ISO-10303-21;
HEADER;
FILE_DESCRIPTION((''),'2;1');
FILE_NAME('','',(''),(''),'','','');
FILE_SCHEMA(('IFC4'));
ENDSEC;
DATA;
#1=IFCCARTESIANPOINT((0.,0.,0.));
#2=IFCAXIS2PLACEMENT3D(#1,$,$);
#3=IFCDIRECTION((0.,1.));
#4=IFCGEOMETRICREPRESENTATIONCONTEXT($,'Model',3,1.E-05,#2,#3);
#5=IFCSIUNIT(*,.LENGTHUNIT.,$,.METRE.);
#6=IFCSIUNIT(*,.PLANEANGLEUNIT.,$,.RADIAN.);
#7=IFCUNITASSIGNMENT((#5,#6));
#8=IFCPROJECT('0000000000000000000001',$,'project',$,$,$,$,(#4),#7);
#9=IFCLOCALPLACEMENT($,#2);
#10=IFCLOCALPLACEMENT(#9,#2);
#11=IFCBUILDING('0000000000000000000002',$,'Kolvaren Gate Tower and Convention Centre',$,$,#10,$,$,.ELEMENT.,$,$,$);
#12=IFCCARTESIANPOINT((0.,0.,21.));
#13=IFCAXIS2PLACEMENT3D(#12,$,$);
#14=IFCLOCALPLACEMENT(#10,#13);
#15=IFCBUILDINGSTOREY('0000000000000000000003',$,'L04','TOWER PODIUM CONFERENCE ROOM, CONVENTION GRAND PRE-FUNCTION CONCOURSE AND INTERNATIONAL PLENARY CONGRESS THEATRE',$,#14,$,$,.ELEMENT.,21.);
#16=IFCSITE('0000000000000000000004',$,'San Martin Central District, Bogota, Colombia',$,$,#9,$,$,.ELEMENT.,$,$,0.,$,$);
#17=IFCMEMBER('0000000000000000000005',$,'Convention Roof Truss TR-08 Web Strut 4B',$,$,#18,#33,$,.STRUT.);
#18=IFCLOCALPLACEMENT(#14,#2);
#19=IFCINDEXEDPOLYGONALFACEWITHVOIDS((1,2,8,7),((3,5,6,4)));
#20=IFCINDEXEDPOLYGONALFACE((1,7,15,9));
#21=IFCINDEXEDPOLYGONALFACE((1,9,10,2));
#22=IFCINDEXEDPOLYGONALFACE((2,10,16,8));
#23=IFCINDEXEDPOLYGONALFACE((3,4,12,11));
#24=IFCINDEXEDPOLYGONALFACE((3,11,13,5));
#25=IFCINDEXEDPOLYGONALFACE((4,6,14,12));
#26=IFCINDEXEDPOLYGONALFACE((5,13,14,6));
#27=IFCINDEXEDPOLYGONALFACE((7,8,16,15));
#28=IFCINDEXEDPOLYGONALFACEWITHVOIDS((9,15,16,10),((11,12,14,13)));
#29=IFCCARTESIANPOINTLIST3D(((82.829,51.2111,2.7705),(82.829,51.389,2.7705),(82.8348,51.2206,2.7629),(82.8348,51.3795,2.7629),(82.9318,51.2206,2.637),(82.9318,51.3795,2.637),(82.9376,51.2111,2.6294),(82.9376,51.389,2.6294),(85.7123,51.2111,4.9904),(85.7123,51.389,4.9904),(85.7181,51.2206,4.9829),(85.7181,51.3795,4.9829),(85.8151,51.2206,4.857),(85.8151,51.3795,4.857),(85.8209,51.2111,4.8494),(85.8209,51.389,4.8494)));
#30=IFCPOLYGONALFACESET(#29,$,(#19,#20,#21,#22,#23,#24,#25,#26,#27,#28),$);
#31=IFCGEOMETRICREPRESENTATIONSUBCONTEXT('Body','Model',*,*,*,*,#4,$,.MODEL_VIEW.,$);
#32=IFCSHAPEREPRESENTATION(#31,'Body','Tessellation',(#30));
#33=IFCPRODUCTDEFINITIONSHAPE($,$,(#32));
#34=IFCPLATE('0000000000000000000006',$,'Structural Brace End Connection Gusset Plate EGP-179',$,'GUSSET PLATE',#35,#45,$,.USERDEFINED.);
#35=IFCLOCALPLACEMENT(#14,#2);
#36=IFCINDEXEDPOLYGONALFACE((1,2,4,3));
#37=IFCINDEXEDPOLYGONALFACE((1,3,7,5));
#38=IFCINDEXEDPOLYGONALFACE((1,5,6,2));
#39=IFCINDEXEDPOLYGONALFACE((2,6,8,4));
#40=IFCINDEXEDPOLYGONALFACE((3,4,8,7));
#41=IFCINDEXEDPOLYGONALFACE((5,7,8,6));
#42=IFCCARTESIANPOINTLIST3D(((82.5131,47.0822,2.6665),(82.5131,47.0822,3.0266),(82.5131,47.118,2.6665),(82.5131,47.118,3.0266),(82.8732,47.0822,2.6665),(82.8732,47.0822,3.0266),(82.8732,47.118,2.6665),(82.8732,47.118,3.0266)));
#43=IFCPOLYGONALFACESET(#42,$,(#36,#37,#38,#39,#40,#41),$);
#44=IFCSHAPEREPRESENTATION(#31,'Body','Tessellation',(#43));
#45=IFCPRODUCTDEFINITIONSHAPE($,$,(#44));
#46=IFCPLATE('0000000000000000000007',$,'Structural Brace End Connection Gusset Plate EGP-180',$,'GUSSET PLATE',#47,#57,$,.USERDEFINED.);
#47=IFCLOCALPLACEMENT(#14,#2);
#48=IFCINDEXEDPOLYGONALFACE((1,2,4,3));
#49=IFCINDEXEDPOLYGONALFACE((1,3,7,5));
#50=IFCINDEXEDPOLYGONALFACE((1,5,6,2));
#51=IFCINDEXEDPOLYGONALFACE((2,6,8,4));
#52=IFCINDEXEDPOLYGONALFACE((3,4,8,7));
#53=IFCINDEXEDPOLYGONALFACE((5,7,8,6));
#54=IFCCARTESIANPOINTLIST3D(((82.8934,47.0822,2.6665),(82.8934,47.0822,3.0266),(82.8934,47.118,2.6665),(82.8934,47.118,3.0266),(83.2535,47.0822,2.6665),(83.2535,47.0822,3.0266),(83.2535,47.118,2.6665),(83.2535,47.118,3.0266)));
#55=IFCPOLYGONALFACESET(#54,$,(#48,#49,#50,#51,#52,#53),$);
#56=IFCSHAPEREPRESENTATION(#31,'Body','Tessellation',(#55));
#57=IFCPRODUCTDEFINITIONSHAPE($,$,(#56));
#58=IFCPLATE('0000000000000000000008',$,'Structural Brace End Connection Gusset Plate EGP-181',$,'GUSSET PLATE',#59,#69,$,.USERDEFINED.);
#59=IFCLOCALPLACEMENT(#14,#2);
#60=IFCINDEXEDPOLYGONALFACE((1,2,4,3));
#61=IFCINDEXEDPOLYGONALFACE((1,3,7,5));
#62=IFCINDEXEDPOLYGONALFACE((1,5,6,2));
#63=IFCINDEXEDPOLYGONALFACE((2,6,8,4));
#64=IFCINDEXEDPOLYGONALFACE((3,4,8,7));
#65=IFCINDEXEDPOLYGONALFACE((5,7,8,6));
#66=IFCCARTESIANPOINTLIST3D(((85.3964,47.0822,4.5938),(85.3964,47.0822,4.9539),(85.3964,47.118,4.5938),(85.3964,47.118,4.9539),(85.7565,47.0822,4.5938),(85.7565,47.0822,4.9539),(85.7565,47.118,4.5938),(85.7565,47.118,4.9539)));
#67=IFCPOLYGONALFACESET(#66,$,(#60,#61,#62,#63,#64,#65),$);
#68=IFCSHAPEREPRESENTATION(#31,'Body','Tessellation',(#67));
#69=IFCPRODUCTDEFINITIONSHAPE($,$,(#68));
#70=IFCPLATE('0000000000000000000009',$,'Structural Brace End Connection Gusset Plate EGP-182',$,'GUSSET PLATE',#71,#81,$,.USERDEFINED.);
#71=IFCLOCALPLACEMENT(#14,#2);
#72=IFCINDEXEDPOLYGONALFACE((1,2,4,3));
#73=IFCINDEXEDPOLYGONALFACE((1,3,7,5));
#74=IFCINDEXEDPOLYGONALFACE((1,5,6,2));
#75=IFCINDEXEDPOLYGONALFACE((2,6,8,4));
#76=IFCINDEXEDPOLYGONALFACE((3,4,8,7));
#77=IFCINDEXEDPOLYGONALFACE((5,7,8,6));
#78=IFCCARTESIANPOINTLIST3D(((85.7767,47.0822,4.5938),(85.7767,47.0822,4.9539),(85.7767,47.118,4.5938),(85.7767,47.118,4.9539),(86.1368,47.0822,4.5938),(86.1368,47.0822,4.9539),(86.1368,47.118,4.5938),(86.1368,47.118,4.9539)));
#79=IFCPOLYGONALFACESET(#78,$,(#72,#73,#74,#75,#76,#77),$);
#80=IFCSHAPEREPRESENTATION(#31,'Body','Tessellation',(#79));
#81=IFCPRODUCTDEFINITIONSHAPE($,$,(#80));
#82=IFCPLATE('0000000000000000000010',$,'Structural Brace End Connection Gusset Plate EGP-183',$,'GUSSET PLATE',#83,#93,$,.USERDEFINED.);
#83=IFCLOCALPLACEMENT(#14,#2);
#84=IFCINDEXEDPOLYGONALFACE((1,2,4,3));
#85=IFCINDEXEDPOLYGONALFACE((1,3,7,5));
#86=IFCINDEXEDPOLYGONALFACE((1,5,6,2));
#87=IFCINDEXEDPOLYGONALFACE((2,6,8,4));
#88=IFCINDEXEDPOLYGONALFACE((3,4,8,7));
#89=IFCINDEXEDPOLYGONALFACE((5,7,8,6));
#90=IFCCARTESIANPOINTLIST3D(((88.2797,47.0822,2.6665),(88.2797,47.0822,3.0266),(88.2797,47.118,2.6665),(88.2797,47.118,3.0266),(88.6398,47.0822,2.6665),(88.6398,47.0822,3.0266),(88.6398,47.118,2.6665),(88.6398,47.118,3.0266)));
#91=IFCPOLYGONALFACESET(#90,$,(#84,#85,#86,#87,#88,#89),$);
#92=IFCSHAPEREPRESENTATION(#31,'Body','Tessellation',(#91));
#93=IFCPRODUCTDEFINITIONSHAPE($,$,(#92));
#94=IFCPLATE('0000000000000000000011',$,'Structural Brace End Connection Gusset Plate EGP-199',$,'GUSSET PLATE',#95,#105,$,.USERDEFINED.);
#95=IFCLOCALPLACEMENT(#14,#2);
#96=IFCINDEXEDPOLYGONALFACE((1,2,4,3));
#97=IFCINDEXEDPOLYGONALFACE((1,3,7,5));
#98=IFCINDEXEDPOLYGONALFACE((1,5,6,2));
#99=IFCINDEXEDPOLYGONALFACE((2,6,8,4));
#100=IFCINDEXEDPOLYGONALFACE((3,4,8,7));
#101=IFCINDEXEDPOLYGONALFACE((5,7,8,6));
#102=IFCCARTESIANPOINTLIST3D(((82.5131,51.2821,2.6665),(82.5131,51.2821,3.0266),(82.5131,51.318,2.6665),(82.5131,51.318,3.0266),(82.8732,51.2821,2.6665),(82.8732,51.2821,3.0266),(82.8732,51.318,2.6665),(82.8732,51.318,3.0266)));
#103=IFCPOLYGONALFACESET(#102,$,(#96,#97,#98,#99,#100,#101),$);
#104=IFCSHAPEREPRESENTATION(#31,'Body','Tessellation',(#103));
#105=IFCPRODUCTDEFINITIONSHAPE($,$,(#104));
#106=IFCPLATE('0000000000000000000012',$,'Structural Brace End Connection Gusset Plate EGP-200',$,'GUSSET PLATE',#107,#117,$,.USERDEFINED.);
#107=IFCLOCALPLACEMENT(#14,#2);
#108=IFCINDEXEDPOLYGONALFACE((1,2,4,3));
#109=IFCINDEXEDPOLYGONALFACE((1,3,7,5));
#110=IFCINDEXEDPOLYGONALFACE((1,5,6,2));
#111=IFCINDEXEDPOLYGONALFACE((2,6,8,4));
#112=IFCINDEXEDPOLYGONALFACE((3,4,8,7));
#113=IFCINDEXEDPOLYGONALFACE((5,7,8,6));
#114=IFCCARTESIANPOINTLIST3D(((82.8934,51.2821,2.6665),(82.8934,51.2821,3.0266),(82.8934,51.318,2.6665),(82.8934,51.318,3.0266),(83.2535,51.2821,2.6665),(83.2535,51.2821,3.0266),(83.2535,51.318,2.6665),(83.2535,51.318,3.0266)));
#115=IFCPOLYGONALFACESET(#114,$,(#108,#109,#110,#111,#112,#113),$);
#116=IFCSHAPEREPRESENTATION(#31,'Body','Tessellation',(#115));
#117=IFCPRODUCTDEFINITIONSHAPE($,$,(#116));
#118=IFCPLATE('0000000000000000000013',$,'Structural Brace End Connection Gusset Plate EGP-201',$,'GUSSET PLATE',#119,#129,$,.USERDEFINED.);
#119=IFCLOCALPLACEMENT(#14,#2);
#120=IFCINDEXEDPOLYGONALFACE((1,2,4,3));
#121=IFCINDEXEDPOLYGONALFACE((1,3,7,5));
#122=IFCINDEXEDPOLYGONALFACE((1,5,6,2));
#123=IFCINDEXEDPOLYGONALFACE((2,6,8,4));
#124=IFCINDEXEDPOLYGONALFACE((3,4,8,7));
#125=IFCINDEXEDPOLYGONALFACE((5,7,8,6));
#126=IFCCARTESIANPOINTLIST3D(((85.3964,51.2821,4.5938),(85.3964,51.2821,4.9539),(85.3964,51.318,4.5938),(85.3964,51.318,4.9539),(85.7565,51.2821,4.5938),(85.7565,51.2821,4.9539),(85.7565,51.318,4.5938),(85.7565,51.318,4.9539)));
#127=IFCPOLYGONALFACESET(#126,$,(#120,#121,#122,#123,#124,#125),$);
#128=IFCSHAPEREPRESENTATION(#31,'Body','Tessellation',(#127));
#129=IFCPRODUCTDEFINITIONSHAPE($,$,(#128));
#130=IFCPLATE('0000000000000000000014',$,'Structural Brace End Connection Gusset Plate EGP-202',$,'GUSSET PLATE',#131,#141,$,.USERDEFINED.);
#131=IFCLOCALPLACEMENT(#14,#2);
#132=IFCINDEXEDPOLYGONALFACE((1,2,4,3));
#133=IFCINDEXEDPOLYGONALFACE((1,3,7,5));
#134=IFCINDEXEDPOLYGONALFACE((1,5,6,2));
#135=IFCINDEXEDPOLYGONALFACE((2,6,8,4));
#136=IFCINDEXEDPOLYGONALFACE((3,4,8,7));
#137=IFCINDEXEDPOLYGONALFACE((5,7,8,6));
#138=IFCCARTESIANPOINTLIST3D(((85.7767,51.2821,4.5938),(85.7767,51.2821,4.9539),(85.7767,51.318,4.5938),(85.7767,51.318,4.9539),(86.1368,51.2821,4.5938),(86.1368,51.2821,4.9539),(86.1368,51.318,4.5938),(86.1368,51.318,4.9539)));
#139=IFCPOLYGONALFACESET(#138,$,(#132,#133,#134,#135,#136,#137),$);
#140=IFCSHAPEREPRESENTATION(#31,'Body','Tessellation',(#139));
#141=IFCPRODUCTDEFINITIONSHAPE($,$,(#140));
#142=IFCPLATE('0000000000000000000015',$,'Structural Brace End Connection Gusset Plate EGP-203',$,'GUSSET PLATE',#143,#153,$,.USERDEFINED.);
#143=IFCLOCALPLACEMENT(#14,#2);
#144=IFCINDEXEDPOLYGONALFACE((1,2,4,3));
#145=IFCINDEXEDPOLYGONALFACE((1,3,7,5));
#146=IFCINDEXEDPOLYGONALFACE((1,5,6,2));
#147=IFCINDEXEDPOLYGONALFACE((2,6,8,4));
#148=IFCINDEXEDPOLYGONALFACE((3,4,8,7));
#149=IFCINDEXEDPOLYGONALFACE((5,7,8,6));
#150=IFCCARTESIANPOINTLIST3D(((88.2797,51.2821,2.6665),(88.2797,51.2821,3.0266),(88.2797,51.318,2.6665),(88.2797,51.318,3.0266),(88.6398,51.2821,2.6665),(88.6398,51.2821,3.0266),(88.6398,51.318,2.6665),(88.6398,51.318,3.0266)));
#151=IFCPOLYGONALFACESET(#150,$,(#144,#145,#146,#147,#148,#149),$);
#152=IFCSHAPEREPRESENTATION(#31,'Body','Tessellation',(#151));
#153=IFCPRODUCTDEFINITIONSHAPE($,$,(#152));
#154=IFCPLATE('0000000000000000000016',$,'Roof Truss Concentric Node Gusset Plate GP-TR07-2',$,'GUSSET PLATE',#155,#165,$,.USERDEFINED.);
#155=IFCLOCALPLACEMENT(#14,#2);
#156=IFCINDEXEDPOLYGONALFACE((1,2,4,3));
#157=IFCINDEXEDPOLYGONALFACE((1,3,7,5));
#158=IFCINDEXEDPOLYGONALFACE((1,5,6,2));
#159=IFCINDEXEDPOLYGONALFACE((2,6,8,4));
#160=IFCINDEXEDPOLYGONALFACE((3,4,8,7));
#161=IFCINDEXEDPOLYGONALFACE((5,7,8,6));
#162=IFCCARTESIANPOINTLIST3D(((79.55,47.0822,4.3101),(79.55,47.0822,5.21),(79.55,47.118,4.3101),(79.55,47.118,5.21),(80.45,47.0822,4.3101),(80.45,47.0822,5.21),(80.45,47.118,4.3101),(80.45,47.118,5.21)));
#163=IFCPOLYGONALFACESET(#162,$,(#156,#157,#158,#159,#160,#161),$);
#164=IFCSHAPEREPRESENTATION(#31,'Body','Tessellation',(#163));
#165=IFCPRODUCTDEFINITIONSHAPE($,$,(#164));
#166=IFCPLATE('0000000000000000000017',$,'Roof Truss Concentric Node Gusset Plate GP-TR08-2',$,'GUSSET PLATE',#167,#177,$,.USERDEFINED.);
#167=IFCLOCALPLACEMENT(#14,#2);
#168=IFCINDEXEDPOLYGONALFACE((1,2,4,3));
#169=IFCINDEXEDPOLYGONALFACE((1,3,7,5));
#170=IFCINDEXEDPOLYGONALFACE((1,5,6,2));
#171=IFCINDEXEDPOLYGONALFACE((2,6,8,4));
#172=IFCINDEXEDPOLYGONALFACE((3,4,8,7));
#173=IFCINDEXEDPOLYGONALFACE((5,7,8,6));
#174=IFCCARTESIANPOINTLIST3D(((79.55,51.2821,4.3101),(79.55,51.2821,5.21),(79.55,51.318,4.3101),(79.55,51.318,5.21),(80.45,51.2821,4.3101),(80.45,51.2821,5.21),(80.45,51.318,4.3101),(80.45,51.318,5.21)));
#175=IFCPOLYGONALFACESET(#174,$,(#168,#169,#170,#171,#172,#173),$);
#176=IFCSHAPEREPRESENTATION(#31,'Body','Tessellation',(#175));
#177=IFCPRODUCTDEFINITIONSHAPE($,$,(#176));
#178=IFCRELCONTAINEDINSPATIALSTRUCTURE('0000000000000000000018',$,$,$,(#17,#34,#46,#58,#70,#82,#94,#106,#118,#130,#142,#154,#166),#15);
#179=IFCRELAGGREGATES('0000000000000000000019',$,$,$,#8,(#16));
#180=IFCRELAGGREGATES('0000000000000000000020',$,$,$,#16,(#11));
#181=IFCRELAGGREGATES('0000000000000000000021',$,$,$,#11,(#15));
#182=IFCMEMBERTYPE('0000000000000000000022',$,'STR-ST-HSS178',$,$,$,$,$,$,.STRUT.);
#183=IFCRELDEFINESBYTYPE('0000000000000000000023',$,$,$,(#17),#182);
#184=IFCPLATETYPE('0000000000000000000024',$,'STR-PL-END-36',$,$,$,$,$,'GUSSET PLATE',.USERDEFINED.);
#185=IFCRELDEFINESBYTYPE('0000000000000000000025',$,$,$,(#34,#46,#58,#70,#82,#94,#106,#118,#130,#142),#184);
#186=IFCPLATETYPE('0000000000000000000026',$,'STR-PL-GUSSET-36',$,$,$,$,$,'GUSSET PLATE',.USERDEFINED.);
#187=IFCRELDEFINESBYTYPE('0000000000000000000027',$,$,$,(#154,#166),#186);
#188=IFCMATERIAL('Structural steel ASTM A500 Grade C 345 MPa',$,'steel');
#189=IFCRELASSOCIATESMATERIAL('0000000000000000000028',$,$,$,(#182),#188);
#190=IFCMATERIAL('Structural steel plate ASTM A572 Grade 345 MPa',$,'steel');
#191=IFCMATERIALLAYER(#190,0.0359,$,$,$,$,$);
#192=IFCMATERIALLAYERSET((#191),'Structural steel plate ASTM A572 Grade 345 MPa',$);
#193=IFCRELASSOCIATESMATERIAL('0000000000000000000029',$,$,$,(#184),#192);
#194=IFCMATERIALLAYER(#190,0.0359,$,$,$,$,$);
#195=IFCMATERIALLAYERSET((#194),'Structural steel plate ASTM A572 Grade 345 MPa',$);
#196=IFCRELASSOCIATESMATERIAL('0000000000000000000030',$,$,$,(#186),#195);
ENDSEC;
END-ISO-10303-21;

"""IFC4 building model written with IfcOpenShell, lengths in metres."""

from ifc_helpers import new_model, si_unit, direction, frame, origin, origin_2d, place, context, subcontext, project, spatial, rectangle, hollow_rectangle, extrude, material, layer, layer_set, material_profile, profile_set, type_object, element, save


model = new_model("IFC4")

# Units and contexts
model_context = context("Model", 3, precision=1e-05, world=origin(), true_north=direction((0.0, 1.0)))
body_context = subcontext(model_context, "Body", "Model", "MODEL_VIEW")
ifc_project = project(units=[si_unit("LENGTHUNIT", "METRE"), si_unit("PLANEANGLEUNIT", "RADIAN")], contexts=[model_context])

# Site, building, storey
site_placement = place(None, origin())
site = spatial("IfcSite", under=ifc_project, at=site_placement, Name="San Martin Central District, Bogota, Colombia", CompositionType="ELEMENT", RefElevation=0.0)
building_placement = place(site_placement, origin())
building = spatial("IfcBuilding", under=site, at=building_placement, Name="Kolvaren Gate Tower and Convention Centre", CompositionType="ELEMENT")
storey_placement = place(building_placement, frame((0.0, 0.0, 21.0)))
storey = spatial("IfcBuildingStorey", under=building, at=storey_placement, Name="L04", Description="TOWER PODIUM CONFERENCE ROOM, CONVENTION GRAND PRE-FUNCTION CONCOURSE AND INTERNATIONAL PLENARY CONGRESS THEATRE", CompositionType="ELEMENT", Elevation=21.0)

# Member
ifc_material_1 = material(Name="Structural steel ASTM A500 Grade C 345 MPa", Category="steel")
ifc_material_profile_1 = material_profile(ifc_material_1, hollow_rectangle(XDim=0.178, YDim=0.178, WallThickness=0.0095, at=origin_2d()), Name="HSS178X178X9.5")
ifc_profile_set_1 = profile_set([ifc_material_profile_1], Name="Structural steel ASTM A500 Grade C 345 MPa")
member_type_1 = type_object("IfcMemberType", Name="STR-ST-HSS178", PredefinedType="STRUT", material=ifc_profile_set_1)
member_1_placement = place(storey_placement, frame((82.8833, 51.3, 2.7), z_axis=(0.792352, 0.0, 0.610064), x_axis=(0.0, 1.0, 0.0)))
element("IfcMember", 1, at=member_1_placement, inside=storey, type_object=member_type_1, Name="Convention Roof Truss TR-08 Web Strut 4B", PredefinedType="STRUT", context=body_context, shape_type="SweptSolid", body=[
    extrude(hollow_rectangle(XDim=0.178, YDim=0.178, WallThickness=0.0095, at=origin_2d()), origin(), (0.0, 0.0, 1.0), 3.6389),
])

# Plates
ifc_material_2 = material(Name="Structural steel plate ASTM A572 Grade 345 MPa", Category="steel")
ifc_layer_1 = layer(ifc_material_2, 0.0359)
ifc_layer_set_1 = layer_set([ifc_layer_1], Name="Structural steel plate ASTM A572 Grade 345 MPa")
plate_type_1 = type_object("IfcPlateType", Name="STR-PL-END-36", ElementType="GUSSET PLATE", PredefinedType="USERDEFINED", material=ifc_layer_set_1)
for number, where, z_axis, x_axis, name in (
    (2, (82.6931, 47.1001, 2.6665), (0.0, 0.0, 1.0), (1.0, 0.0, 0.0), "Structural Brace End Connection Gusset Plate EGP-179"),
    (3, (83.0735, 47.1001, 2.6665), (0.0, 0.0, 1.0), (1.0, 0.0, 0.0), "Structural Brace End Connection Gusset Plate EGP-180"),
    (4, (85.5764, 47.1001, 4.5938), (0.0, 0.0, 1.0), (1.0, 0.0, 0.0), "Structural Brace End Connection Gusset Plate EGP-181"),
    (5, (85.9568, 47.1001, 4.5938), (0.0, 0.0, 1.0), (1.0, 0.0, 0.0), "Structural Brace End Connection Gusset Plate EGP-182"),
    (6, (88.4597, 47.1001, 2.6665), (0.0, 0.0, 1.0), (1.0, 0.0, 0.0), "Structural Brace End Connection Gusset Plate EGP-183"),
    (7, (82.6931, 51.3, 2.6665), (0.0, 0.0, 1.0), (1.0, 0.0, 0.0), "Structural Brace End Connection Gusset Plate EGP-199"),
    (8, (83.0735, 51.3, 2.6665), (0.0, 0.0, 1.0), (1.0, 0.0, 0.0), "Structural Brace End Connection Gusset Plate EGP-200"),
    (9, (85.5764, 51.3, 4.5938), (0.0, 0.0, 1.0), (1.0, 0.0, 0.0), "Structural Brace End Connection Gusset Plate EGP-201"),
    (10, (85.9568, 51.3, 4.5938), (0.0, 0.0, 1.0), (1.0, 0.0, 0.0), "Structural Brace End Connection Gusset Plate EGP-202"),
    (11, (88.4597, 51.3, 2.6665), (0.0, 0.0, 1.0), (1.0, 0.0, 0.0), "Structural Brace End Connection Gusset Plate EGP-203"),
):
    element("IfcPlate", number, at=place(storey_placement, frame(where, z_axis=z_axis, x_axis=x_axis)), inside=storey, type_object=plate_type_1, Name=name, ObjectType="GUSSET PLATE", PredefinedType="USERDEFINED", context=body_context, shape_type="SweptSolid", body=[
        extrude(rectangle(XDim=0.3601, YDim=0.0359, at=origin_2d()), origin(), (0.0, 0.0, 1.0), 0.3601),
    ])
ifc_layer_2 = layer(ifc_material_2, 0.0359)
ifc_layer_set_2 = layer_set([ifc_layer_2], Name="Structural steel plate ASTM A572 Grade 345 MPa")
plate_type_2 = type_object("IfcPlateType", Name="STR-PL-GUSSET-36", ElementType="GUSSET PLATE", PredefinedType="USERDEFINED", material=ifc_layer_set_2)
for number, where, z_axis, x_axis, name in (
    (12, (80.0, 47.1001, 4.3101), (0.0, 0.0, 1.0), (1.0, 0.0, 0.0), "Roof Truss Concentric Node Gusset Plate GP-TR07-2"),
    (13, (80.0, 51.3, 4.3101), (0.0, 0.0, 1.0), (1.0, 0.0, 0.0), "Roof Truss Concentric Node Gusset Plate GP-TR08-2"),
):
    element("IfcPlate", number, at=place(storey_placement, frame(where, z_axis=z_axis, x_axis=x_axis)), inside=storey, type_object=plate_type_2, Name=name, ObjectType="GUSSET PLATE", PredefinedType="USERDEFINED", context=body_context, shape_type="SweptSolid", body=[
        extrude(rectangle(XDim=0.8999, YDim=0.0359, at=origin_2d()), origin(), (0.0, 0.0, 1.0), 0.8999),
    ])

save(model, "model.ifc")
